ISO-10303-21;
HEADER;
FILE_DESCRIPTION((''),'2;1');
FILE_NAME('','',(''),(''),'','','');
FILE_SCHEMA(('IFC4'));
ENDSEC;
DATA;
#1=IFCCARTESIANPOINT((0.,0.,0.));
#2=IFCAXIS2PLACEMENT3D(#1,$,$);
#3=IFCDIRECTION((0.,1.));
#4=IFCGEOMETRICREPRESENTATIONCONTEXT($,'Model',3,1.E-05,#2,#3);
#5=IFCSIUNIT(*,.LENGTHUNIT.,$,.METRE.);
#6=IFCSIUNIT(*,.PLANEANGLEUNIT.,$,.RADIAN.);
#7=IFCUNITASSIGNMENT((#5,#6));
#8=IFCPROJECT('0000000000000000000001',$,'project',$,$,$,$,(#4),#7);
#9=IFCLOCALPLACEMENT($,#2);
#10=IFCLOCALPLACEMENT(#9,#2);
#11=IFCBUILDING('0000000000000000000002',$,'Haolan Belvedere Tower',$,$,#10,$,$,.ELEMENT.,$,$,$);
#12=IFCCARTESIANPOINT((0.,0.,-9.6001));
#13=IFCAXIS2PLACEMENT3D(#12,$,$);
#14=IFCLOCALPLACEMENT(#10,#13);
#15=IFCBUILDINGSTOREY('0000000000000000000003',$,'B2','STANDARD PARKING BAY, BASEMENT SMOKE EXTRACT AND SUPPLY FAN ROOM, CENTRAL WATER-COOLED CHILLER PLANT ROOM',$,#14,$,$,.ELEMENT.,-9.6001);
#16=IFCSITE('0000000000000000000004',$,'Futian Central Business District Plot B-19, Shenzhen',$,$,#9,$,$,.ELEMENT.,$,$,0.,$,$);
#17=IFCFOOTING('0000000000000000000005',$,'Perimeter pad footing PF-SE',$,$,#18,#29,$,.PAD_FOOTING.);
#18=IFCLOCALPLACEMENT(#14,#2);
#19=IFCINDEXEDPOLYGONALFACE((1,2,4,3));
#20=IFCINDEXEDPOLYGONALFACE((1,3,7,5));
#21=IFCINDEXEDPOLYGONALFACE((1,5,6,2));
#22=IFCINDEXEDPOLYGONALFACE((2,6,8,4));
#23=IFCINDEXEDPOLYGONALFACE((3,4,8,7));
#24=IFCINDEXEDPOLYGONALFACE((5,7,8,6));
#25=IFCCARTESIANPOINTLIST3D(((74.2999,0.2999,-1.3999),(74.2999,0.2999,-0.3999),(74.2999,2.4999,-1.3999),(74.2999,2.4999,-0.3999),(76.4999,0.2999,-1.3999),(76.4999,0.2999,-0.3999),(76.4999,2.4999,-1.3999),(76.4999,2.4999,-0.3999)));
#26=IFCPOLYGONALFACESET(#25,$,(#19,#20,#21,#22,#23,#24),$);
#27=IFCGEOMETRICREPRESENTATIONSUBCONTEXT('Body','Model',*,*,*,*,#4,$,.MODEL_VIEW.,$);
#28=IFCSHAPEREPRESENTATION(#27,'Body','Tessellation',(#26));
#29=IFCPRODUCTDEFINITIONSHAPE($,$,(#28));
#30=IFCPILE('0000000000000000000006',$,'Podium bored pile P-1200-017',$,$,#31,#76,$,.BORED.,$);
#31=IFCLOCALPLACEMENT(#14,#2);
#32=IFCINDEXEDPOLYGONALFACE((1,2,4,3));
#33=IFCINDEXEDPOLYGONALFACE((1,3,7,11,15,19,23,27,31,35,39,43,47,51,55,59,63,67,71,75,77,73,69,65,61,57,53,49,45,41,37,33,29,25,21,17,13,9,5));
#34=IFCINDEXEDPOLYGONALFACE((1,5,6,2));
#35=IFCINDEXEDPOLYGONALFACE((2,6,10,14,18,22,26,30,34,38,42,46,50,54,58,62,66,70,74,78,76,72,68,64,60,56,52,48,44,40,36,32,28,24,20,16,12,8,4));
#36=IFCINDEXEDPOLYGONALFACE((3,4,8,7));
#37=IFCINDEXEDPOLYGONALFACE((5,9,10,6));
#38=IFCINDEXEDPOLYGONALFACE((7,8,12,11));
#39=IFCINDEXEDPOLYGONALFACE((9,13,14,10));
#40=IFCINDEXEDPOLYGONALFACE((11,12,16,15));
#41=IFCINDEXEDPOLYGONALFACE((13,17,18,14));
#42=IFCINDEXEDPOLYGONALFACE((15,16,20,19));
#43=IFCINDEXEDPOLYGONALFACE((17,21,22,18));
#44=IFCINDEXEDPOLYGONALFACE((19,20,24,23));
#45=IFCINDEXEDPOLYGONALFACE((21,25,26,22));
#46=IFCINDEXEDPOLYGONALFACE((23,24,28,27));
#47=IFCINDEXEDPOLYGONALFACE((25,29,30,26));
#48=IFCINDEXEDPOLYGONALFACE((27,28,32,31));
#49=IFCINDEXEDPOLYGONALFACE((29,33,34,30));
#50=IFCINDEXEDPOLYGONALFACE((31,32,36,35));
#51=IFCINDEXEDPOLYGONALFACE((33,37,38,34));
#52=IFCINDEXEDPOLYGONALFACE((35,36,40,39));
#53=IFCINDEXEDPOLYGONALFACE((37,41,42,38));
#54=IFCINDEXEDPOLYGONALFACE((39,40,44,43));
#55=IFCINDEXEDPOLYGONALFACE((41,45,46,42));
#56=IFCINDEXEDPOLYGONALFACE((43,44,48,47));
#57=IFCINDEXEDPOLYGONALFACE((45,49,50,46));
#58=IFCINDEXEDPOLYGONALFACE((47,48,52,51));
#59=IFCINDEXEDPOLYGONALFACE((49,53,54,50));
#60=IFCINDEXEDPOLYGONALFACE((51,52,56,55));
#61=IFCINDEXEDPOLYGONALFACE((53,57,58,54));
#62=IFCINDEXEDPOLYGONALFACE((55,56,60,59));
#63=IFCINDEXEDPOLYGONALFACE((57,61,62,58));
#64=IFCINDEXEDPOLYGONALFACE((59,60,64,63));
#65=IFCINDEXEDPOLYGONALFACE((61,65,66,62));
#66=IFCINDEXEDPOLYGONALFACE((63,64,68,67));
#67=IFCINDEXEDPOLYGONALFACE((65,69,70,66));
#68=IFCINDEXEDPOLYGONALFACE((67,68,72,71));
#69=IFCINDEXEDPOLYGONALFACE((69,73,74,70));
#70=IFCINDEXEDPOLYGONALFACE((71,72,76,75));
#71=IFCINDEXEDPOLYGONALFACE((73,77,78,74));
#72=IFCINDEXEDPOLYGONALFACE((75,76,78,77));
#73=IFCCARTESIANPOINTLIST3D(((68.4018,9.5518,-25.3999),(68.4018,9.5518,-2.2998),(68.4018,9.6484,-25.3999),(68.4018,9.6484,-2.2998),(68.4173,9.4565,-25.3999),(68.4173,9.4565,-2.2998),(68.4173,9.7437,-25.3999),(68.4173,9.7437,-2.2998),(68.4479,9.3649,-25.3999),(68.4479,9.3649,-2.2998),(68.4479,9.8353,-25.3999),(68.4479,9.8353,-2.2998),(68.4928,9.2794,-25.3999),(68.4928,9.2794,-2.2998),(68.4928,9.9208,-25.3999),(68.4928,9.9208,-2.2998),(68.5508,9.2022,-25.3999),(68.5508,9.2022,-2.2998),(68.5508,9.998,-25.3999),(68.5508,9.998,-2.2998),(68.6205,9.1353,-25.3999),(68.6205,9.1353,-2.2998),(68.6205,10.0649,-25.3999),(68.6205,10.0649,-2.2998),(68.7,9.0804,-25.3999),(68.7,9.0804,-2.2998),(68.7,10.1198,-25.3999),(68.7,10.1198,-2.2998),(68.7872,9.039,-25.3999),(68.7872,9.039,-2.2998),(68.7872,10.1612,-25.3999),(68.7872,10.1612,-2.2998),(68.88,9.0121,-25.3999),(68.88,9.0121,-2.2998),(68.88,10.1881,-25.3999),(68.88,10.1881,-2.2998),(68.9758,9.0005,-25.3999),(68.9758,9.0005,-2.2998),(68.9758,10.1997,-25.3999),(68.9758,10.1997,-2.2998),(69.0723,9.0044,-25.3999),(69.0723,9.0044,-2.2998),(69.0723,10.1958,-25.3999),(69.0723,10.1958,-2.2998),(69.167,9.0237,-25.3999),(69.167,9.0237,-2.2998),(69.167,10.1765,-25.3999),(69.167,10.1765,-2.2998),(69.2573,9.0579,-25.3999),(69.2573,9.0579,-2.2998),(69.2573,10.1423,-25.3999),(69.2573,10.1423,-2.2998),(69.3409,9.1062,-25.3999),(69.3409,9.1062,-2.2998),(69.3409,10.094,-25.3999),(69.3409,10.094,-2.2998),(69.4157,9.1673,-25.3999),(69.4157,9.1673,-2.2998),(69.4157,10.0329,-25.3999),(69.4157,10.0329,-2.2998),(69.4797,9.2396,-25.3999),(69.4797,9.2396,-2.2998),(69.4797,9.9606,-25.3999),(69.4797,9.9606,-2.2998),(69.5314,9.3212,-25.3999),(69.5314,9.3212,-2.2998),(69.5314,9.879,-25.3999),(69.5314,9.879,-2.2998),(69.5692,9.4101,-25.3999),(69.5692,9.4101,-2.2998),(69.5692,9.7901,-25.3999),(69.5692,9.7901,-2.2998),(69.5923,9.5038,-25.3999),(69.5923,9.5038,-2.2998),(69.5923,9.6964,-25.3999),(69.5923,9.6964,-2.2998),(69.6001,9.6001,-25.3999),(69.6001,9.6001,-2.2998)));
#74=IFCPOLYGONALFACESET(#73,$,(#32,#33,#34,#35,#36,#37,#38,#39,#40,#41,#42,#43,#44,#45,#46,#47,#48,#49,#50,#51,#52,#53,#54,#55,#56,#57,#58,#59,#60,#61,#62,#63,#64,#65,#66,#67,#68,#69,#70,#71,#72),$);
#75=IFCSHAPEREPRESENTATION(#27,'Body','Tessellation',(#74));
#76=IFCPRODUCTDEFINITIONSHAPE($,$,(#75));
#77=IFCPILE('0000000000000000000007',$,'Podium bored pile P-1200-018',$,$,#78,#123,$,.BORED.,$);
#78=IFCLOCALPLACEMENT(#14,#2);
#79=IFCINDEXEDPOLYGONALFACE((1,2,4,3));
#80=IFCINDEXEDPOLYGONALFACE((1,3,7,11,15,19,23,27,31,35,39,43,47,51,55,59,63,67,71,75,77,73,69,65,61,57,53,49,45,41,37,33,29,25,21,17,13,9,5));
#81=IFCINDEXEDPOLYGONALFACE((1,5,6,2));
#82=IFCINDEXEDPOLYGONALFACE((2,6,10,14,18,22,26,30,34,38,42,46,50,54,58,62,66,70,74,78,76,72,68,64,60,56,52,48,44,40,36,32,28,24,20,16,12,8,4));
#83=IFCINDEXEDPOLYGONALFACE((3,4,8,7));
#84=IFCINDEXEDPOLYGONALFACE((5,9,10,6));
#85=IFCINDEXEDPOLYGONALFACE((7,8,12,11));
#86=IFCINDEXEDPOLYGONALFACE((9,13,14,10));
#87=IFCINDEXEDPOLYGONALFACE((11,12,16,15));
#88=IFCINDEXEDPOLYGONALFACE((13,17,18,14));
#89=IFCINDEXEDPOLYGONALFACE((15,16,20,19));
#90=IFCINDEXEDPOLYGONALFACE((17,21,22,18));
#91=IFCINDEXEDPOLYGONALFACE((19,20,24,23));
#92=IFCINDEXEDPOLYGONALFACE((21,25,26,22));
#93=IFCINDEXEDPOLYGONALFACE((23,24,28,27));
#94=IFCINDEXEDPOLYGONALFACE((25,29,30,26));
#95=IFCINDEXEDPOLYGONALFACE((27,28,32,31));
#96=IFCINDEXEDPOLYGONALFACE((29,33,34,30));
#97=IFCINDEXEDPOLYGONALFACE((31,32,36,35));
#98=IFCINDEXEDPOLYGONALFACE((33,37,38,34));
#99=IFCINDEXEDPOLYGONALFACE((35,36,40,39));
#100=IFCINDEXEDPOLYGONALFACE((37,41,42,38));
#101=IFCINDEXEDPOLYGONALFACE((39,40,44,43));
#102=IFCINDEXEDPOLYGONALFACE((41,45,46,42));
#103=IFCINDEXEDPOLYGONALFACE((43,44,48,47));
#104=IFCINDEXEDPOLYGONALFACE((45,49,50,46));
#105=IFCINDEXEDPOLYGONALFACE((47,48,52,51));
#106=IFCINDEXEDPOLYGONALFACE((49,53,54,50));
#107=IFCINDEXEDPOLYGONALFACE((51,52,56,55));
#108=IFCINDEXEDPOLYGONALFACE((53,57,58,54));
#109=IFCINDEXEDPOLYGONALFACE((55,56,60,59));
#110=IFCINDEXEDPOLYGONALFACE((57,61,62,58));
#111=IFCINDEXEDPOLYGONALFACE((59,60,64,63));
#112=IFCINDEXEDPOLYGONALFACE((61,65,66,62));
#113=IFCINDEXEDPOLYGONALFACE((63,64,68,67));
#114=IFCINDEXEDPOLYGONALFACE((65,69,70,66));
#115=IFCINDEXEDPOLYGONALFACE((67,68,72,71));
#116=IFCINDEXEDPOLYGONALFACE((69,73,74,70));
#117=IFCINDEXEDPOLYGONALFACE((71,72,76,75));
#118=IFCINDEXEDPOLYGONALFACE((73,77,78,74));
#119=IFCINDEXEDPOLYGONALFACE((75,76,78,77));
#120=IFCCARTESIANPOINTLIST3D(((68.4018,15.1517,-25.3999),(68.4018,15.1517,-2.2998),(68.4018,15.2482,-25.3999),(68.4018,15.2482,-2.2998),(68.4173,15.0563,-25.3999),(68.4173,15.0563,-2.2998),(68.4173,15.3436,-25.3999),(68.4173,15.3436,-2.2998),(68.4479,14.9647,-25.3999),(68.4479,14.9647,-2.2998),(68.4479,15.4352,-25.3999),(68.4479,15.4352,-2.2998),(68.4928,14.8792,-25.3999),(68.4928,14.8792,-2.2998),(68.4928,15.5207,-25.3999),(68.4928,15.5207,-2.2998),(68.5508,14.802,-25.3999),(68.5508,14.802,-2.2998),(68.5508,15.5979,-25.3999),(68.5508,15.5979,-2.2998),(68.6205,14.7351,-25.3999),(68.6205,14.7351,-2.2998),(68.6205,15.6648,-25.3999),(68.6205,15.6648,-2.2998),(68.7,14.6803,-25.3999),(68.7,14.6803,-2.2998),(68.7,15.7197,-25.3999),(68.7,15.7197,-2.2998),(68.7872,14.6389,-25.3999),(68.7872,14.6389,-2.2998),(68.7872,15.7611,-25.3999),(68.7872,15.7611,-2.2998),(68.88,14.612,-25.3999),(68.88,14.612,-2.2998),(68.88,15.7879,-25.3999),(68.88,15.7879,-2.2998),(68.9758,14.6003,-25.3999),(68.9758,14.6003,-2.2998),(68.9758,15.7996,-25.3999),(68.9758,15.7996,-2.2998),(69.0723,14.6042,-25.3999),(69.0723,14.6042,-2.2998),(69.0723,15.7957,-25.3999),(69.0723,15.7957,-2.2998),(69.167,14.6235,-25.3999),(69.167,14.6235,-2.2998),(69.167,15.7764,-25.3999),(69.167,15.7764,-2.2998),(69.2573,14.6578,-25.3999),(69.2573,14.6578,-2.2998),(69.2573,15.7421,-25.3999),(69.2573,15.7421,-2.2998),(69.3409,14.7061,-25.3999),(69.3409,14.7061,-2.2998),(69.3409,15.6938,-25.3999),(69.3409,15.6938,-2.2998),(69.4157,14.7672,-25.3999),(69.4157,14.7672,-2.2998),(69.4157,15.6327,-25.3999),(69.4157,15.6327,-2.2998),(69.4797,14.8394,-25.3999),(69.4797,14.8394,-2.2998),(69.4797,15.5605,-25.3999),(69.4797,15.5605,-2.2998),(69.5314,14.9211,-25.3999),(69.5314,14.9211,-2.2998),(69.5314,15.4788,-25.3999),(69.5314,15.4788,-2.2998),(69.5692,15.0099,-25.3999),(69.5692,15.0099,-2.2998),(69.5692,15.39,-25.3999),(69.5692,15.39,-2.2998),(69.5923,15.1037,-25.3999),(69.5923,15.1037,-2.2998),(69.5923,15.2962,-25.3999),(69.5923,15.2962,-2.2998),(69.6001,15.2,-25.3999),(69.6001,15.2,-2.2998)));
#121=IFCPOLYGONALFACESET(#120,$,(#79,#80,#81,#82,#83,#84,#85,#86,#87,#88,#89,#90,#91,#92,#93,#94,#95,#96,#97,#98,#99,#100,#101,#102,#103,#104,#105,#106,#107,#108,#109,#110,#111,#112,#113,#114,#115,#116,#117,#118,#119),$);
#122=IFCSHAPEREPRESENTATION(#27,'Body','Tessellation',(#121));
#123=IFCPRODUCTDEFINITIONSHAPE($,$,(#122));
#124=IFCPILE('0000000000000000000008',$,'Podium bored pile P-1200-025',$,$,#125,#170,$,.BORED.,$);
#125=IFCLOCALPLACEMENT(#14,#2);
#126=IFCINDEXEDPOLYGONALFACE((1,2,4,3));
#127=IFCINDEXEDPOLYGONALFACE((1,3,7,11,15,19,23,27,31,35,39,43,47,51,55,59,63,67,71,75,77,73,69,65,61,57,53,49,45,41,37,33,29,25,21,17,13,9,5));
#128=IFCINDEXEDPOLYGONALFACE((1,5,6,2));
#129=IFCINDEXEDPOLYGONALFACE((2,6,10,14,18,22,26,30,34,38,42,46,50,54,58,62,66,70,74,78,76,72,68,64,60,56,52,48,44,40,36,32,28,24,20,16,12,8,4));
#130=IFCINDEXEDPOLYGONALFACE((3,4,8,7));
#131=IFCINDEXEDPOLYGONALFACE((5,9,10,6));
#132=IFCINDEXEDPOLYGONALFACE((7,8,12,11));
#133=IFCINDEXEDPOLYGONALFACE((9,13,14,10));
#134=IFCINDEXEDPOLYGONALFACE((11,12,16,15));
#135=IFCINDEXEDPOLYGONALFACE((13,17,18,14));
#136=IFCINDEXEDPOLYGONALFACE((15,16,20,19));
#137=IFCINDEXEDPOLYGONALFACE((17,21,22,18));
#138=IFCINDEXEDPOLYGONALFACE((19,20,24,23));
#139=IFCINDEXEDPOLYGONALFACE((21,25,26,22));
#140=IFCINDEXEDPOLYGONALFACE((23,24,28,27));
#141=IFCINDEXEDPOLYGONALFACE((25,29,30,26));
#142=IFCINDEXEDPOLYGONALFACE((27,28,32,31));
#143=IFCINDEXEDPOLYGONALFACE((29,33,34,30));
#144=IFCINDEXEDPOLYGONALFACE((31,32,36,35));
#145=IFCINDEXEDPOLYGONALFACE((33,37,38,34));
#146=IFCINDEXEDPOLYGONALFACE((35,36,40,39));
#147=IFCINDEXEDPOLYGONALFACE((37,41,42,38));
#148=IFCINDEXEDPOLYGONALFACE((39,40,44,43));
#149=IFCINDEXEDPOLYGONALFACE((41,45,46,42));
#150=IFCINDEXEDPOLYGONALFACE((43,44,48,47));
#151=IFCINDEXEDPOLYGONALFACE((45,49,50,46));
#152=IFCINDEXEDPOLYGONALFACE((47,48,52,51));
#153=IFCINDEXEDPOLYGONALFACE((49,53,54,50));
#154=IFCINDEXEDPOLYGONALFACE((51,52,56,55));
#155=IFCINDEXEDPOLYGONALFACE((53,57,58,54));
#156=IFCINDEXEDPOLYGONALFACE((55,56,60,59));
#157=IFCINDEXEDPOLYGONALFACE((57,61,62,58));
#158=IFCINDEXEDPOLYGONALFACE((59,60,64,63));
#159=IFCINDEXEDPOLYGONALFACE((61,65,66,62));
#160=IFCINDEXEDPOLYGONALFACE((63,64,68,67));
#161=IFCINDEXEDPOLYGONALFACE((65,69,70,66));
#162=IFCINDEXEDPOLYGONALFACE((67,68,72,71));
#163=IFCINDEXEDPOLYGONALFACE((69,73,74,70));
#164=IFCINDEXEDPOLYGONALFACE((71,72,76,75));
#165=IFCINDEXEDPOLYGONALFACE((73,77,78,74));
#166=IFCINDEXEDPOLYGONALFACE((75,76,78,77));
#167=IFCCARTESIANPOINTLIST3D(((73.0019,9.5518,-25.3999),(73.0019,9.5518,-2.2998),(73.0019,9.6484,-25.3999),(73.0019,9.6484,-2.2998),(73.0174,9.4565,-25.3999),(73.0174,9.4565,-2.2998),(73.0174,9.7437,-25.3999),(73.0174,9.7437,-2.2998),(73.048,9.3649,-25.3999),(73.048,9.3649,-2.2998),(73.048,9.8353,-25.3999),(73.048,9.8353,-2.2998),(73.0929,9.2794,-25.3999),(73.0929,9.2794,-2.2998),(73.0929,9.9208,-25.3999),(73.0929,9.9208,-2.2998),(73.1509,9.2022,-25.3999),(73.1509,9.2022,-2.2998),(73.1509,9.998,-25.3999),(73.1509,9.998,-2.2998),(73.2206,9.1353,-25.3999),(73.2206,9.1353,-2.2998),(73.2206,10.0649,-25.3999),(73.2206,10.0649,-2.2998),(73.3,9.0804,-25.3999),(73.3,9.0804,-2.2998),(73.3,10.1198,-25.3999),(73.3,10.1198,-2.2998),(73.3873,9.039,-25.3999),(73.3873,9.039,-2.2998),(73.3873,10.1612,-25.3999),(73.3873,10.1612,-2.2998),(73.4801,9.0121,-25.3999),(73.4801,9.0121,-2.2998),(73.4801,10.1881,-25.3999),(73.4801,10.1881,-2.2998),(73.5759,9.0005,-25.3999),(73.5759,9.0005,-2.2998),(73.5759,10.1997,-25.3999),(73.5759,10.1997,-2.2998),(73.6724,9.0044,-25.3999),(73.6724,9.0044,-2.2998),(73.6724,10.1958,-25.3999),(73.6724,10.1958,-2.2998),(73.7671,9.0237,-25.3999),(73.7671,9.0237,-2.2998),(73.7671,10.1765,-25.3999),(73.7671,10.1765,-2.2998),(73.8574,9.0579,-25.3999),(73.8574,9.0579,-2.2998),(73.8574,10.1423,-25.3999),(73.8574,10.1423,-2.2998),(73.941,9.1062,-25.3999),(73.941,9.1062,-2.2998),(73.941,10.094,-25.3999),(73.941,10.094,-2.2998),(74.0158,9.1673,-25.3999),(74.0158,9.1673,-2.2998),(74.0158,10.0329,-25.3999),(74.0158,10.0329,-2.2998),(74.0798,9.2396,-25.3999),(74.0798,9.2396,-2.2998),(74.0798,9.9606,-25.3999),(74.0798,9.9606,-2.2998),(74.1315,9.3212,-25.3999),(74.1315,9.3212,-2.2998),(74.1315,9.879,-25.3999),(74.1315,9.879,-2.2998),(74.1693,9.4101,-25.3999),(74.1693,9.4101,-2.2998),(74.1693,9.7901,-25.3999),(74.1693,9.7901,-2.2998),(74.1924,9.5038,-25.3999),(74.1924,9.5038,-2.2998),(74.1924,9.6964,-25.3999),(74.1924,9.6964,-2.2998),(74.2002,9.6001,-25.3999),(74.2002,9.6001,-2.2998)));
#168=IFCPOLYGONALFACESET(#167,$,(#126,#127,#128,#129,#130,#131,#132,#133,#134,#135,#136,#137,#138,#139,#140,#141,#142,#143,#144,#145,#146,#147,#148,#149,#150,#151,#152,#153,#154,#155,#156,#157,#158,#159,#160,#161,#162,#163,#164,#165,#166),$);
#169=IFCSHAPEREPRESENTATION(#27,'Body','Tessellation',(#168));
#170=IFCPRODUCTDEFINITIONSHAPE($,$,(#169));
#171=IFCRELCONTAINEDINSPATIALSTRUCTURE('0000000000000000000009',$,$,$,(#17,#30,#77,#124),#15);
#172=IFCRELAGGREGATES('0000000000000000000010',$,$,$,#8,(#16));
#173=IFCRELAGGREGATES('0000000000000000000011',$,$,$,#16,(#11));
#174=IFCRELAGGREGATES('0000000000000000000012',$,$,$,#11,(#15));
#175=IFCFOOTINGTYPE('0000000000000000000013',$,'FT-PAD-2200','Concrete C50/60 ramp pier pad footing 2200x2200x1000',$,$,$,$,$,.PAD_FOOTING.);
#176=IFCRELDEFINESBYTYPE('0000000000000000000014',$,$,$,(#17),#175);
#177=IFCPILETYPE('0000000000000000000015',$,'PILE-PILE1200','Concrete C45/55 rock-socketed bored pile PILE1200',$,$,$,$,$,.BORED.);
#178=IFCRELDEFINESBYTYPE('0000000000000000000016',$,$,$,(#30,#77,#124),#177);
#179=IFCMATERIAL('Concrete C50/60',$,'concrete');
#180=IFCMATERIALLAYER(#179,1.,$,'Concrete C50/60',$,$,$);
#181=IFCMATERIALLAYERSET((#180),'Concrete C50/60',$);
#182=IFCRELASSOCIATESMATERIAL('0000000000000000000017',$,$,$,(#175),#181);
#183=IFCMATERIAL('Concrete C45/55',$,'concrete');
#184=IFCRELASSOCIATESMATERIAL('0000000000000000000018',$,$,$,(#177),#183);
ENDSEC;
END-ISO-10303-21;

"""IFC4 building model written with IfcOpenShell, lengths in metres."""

from ifc_helpers import new_model, si_unit, direction, frame, origin, origin_2d, place, context, subcontext, project, spatial, rectangle, circle, extrude, material, layer, layer_set, material_profile, profile_set, type_object, element, save


model = new_model("IFC4")

# Units and contexts
model_context = context("Model", 3, precision=1e-05, world=origin(), true_north=direction((0.0, 1.0)))
body_context = subcontext(model_context, "Body", "Model", "MODEL_VIEW")
ifc_project = project(units=[si_unit("LENGTHUNIT", "METRE"), si_unit("PLANEANGLEUNIT", "RADIAN")], contexts=[model_context])

# Site, building, storey
site_placement = place(None, origin())
site = spatial("IfcSite", under=ifc_project, at=site_placement, Name="Futian Central Business District Plot B-19, Shenzhen", CompositionType="ELEMENT", RefElevation=0.0)
building_placement = place(site_placement, origin())
building = spatial("IfcBuilding", under=site, at=building_placement, Name="Haolan Belvedere Tower", CompositionType="ELEMENT")
storey_placement = place(building_placement, frame((0.0, 0.0, -9.6001)))
storey = spatial("IfcBuildingStorey", under=building, at=storey_placement, Name="B2", Description="STANDARD PARKING BAY, BASEMENT SMOKE EXTRACT AND SUPPLY FAN ROOM, CENTRAL WATER-COOLED CHILLER PLANT ROOM", CompositionType="ELEMENT", Elevation=-9.6001)

# Footing
ifc_material_1 = material(Name="Concrete C50/60", Category="concrete")
ifc_layer_1 = layer(ifc_material_1, 1.0, Name="Concrete C50/60")
ifc_layer_set_1 = layer_set([ifc_layer_1], Name="Concrete C50/60")
footing_type = type_object("IfcFootingType", Name="FT-PAD-2200", Description="Concrete C50/60 ramp pier pad footing 2200x2200x1000", PredefinedType="PAD_FOOTING", material=ifc_layer_set_1)
footing_placement = place(storey_placement, frame((75.3999, 1.3999, -1.3999), z_axis=(0.0, 0.0, 1.0), x_axis=(1.0, 0.0, 0.0)))
element("IfcFooting", 1, at=footing_placement, inside=storey, type_object=footing_type, Name="Perimeter pad footing PF-SE", PredefinedType="PAD_FOOTING", context=body_context, shape_type="SweptSolid", body=[
    extrude(rectangle(XDim=2.2, YDim=2.2, at=origin_2d()), origin(), (0.0, 0.0, 1.0), 1.0),
])

# Piles
ifc_material_2 = material(Name="Concrete C45/55", Category="concrete")
ifc_material_profile_1 = material_profile(ifc_material_2, circle(Radius=0.6001, at=origin_2d()), Name="Concrete C45/55")
ifc_profile_set_1 = profile_set([ifc_material_profile_1], Name="Concrete C45/55")
pile_type_1 = type_object("IfcPileType", Name="PILE-PILE1200", Description="Concrete C45/55 rock-socketed bored pile PILE1200", PredefinedType="BORED", material=ifc_profile_set_1)
for number, where, z_axis, x_axis, name in (
    (2, (69.0, 9.6001, -2.2998), (0.0, 0.0, -1.0), (1.0, 0.0, 0.0), "Podium bored pile P-1200-017"),
    (3, (69.0, 15.2, -2.2998), (0.0, 0.0, -1.0), (1.0, 0.0, 0.0), "Podium bored pile P-1200-018"),
    (4, (73.6001, 9.6001, -2.2998), (0.0, 0.0, -1.0), (1.0, 0.0, 0.0), "Podium bored pile P-1200-025"),
):
    element("IfcPile", number, at=place(storey_placement, frame(where, z_axis=z_axis, x_axis=x_axis)), inside=storey, type_object=pile_type_1, Name=name, PredefinedType="BORED", context=body_context, shape_type="SweptSolid", body=[
        extrude(circle(Radius=0.6001, at=origin_2d()), origin(), (0.0, 0.0, 1.0), 23.1001),
    ])

save(model, "model.ifc")
